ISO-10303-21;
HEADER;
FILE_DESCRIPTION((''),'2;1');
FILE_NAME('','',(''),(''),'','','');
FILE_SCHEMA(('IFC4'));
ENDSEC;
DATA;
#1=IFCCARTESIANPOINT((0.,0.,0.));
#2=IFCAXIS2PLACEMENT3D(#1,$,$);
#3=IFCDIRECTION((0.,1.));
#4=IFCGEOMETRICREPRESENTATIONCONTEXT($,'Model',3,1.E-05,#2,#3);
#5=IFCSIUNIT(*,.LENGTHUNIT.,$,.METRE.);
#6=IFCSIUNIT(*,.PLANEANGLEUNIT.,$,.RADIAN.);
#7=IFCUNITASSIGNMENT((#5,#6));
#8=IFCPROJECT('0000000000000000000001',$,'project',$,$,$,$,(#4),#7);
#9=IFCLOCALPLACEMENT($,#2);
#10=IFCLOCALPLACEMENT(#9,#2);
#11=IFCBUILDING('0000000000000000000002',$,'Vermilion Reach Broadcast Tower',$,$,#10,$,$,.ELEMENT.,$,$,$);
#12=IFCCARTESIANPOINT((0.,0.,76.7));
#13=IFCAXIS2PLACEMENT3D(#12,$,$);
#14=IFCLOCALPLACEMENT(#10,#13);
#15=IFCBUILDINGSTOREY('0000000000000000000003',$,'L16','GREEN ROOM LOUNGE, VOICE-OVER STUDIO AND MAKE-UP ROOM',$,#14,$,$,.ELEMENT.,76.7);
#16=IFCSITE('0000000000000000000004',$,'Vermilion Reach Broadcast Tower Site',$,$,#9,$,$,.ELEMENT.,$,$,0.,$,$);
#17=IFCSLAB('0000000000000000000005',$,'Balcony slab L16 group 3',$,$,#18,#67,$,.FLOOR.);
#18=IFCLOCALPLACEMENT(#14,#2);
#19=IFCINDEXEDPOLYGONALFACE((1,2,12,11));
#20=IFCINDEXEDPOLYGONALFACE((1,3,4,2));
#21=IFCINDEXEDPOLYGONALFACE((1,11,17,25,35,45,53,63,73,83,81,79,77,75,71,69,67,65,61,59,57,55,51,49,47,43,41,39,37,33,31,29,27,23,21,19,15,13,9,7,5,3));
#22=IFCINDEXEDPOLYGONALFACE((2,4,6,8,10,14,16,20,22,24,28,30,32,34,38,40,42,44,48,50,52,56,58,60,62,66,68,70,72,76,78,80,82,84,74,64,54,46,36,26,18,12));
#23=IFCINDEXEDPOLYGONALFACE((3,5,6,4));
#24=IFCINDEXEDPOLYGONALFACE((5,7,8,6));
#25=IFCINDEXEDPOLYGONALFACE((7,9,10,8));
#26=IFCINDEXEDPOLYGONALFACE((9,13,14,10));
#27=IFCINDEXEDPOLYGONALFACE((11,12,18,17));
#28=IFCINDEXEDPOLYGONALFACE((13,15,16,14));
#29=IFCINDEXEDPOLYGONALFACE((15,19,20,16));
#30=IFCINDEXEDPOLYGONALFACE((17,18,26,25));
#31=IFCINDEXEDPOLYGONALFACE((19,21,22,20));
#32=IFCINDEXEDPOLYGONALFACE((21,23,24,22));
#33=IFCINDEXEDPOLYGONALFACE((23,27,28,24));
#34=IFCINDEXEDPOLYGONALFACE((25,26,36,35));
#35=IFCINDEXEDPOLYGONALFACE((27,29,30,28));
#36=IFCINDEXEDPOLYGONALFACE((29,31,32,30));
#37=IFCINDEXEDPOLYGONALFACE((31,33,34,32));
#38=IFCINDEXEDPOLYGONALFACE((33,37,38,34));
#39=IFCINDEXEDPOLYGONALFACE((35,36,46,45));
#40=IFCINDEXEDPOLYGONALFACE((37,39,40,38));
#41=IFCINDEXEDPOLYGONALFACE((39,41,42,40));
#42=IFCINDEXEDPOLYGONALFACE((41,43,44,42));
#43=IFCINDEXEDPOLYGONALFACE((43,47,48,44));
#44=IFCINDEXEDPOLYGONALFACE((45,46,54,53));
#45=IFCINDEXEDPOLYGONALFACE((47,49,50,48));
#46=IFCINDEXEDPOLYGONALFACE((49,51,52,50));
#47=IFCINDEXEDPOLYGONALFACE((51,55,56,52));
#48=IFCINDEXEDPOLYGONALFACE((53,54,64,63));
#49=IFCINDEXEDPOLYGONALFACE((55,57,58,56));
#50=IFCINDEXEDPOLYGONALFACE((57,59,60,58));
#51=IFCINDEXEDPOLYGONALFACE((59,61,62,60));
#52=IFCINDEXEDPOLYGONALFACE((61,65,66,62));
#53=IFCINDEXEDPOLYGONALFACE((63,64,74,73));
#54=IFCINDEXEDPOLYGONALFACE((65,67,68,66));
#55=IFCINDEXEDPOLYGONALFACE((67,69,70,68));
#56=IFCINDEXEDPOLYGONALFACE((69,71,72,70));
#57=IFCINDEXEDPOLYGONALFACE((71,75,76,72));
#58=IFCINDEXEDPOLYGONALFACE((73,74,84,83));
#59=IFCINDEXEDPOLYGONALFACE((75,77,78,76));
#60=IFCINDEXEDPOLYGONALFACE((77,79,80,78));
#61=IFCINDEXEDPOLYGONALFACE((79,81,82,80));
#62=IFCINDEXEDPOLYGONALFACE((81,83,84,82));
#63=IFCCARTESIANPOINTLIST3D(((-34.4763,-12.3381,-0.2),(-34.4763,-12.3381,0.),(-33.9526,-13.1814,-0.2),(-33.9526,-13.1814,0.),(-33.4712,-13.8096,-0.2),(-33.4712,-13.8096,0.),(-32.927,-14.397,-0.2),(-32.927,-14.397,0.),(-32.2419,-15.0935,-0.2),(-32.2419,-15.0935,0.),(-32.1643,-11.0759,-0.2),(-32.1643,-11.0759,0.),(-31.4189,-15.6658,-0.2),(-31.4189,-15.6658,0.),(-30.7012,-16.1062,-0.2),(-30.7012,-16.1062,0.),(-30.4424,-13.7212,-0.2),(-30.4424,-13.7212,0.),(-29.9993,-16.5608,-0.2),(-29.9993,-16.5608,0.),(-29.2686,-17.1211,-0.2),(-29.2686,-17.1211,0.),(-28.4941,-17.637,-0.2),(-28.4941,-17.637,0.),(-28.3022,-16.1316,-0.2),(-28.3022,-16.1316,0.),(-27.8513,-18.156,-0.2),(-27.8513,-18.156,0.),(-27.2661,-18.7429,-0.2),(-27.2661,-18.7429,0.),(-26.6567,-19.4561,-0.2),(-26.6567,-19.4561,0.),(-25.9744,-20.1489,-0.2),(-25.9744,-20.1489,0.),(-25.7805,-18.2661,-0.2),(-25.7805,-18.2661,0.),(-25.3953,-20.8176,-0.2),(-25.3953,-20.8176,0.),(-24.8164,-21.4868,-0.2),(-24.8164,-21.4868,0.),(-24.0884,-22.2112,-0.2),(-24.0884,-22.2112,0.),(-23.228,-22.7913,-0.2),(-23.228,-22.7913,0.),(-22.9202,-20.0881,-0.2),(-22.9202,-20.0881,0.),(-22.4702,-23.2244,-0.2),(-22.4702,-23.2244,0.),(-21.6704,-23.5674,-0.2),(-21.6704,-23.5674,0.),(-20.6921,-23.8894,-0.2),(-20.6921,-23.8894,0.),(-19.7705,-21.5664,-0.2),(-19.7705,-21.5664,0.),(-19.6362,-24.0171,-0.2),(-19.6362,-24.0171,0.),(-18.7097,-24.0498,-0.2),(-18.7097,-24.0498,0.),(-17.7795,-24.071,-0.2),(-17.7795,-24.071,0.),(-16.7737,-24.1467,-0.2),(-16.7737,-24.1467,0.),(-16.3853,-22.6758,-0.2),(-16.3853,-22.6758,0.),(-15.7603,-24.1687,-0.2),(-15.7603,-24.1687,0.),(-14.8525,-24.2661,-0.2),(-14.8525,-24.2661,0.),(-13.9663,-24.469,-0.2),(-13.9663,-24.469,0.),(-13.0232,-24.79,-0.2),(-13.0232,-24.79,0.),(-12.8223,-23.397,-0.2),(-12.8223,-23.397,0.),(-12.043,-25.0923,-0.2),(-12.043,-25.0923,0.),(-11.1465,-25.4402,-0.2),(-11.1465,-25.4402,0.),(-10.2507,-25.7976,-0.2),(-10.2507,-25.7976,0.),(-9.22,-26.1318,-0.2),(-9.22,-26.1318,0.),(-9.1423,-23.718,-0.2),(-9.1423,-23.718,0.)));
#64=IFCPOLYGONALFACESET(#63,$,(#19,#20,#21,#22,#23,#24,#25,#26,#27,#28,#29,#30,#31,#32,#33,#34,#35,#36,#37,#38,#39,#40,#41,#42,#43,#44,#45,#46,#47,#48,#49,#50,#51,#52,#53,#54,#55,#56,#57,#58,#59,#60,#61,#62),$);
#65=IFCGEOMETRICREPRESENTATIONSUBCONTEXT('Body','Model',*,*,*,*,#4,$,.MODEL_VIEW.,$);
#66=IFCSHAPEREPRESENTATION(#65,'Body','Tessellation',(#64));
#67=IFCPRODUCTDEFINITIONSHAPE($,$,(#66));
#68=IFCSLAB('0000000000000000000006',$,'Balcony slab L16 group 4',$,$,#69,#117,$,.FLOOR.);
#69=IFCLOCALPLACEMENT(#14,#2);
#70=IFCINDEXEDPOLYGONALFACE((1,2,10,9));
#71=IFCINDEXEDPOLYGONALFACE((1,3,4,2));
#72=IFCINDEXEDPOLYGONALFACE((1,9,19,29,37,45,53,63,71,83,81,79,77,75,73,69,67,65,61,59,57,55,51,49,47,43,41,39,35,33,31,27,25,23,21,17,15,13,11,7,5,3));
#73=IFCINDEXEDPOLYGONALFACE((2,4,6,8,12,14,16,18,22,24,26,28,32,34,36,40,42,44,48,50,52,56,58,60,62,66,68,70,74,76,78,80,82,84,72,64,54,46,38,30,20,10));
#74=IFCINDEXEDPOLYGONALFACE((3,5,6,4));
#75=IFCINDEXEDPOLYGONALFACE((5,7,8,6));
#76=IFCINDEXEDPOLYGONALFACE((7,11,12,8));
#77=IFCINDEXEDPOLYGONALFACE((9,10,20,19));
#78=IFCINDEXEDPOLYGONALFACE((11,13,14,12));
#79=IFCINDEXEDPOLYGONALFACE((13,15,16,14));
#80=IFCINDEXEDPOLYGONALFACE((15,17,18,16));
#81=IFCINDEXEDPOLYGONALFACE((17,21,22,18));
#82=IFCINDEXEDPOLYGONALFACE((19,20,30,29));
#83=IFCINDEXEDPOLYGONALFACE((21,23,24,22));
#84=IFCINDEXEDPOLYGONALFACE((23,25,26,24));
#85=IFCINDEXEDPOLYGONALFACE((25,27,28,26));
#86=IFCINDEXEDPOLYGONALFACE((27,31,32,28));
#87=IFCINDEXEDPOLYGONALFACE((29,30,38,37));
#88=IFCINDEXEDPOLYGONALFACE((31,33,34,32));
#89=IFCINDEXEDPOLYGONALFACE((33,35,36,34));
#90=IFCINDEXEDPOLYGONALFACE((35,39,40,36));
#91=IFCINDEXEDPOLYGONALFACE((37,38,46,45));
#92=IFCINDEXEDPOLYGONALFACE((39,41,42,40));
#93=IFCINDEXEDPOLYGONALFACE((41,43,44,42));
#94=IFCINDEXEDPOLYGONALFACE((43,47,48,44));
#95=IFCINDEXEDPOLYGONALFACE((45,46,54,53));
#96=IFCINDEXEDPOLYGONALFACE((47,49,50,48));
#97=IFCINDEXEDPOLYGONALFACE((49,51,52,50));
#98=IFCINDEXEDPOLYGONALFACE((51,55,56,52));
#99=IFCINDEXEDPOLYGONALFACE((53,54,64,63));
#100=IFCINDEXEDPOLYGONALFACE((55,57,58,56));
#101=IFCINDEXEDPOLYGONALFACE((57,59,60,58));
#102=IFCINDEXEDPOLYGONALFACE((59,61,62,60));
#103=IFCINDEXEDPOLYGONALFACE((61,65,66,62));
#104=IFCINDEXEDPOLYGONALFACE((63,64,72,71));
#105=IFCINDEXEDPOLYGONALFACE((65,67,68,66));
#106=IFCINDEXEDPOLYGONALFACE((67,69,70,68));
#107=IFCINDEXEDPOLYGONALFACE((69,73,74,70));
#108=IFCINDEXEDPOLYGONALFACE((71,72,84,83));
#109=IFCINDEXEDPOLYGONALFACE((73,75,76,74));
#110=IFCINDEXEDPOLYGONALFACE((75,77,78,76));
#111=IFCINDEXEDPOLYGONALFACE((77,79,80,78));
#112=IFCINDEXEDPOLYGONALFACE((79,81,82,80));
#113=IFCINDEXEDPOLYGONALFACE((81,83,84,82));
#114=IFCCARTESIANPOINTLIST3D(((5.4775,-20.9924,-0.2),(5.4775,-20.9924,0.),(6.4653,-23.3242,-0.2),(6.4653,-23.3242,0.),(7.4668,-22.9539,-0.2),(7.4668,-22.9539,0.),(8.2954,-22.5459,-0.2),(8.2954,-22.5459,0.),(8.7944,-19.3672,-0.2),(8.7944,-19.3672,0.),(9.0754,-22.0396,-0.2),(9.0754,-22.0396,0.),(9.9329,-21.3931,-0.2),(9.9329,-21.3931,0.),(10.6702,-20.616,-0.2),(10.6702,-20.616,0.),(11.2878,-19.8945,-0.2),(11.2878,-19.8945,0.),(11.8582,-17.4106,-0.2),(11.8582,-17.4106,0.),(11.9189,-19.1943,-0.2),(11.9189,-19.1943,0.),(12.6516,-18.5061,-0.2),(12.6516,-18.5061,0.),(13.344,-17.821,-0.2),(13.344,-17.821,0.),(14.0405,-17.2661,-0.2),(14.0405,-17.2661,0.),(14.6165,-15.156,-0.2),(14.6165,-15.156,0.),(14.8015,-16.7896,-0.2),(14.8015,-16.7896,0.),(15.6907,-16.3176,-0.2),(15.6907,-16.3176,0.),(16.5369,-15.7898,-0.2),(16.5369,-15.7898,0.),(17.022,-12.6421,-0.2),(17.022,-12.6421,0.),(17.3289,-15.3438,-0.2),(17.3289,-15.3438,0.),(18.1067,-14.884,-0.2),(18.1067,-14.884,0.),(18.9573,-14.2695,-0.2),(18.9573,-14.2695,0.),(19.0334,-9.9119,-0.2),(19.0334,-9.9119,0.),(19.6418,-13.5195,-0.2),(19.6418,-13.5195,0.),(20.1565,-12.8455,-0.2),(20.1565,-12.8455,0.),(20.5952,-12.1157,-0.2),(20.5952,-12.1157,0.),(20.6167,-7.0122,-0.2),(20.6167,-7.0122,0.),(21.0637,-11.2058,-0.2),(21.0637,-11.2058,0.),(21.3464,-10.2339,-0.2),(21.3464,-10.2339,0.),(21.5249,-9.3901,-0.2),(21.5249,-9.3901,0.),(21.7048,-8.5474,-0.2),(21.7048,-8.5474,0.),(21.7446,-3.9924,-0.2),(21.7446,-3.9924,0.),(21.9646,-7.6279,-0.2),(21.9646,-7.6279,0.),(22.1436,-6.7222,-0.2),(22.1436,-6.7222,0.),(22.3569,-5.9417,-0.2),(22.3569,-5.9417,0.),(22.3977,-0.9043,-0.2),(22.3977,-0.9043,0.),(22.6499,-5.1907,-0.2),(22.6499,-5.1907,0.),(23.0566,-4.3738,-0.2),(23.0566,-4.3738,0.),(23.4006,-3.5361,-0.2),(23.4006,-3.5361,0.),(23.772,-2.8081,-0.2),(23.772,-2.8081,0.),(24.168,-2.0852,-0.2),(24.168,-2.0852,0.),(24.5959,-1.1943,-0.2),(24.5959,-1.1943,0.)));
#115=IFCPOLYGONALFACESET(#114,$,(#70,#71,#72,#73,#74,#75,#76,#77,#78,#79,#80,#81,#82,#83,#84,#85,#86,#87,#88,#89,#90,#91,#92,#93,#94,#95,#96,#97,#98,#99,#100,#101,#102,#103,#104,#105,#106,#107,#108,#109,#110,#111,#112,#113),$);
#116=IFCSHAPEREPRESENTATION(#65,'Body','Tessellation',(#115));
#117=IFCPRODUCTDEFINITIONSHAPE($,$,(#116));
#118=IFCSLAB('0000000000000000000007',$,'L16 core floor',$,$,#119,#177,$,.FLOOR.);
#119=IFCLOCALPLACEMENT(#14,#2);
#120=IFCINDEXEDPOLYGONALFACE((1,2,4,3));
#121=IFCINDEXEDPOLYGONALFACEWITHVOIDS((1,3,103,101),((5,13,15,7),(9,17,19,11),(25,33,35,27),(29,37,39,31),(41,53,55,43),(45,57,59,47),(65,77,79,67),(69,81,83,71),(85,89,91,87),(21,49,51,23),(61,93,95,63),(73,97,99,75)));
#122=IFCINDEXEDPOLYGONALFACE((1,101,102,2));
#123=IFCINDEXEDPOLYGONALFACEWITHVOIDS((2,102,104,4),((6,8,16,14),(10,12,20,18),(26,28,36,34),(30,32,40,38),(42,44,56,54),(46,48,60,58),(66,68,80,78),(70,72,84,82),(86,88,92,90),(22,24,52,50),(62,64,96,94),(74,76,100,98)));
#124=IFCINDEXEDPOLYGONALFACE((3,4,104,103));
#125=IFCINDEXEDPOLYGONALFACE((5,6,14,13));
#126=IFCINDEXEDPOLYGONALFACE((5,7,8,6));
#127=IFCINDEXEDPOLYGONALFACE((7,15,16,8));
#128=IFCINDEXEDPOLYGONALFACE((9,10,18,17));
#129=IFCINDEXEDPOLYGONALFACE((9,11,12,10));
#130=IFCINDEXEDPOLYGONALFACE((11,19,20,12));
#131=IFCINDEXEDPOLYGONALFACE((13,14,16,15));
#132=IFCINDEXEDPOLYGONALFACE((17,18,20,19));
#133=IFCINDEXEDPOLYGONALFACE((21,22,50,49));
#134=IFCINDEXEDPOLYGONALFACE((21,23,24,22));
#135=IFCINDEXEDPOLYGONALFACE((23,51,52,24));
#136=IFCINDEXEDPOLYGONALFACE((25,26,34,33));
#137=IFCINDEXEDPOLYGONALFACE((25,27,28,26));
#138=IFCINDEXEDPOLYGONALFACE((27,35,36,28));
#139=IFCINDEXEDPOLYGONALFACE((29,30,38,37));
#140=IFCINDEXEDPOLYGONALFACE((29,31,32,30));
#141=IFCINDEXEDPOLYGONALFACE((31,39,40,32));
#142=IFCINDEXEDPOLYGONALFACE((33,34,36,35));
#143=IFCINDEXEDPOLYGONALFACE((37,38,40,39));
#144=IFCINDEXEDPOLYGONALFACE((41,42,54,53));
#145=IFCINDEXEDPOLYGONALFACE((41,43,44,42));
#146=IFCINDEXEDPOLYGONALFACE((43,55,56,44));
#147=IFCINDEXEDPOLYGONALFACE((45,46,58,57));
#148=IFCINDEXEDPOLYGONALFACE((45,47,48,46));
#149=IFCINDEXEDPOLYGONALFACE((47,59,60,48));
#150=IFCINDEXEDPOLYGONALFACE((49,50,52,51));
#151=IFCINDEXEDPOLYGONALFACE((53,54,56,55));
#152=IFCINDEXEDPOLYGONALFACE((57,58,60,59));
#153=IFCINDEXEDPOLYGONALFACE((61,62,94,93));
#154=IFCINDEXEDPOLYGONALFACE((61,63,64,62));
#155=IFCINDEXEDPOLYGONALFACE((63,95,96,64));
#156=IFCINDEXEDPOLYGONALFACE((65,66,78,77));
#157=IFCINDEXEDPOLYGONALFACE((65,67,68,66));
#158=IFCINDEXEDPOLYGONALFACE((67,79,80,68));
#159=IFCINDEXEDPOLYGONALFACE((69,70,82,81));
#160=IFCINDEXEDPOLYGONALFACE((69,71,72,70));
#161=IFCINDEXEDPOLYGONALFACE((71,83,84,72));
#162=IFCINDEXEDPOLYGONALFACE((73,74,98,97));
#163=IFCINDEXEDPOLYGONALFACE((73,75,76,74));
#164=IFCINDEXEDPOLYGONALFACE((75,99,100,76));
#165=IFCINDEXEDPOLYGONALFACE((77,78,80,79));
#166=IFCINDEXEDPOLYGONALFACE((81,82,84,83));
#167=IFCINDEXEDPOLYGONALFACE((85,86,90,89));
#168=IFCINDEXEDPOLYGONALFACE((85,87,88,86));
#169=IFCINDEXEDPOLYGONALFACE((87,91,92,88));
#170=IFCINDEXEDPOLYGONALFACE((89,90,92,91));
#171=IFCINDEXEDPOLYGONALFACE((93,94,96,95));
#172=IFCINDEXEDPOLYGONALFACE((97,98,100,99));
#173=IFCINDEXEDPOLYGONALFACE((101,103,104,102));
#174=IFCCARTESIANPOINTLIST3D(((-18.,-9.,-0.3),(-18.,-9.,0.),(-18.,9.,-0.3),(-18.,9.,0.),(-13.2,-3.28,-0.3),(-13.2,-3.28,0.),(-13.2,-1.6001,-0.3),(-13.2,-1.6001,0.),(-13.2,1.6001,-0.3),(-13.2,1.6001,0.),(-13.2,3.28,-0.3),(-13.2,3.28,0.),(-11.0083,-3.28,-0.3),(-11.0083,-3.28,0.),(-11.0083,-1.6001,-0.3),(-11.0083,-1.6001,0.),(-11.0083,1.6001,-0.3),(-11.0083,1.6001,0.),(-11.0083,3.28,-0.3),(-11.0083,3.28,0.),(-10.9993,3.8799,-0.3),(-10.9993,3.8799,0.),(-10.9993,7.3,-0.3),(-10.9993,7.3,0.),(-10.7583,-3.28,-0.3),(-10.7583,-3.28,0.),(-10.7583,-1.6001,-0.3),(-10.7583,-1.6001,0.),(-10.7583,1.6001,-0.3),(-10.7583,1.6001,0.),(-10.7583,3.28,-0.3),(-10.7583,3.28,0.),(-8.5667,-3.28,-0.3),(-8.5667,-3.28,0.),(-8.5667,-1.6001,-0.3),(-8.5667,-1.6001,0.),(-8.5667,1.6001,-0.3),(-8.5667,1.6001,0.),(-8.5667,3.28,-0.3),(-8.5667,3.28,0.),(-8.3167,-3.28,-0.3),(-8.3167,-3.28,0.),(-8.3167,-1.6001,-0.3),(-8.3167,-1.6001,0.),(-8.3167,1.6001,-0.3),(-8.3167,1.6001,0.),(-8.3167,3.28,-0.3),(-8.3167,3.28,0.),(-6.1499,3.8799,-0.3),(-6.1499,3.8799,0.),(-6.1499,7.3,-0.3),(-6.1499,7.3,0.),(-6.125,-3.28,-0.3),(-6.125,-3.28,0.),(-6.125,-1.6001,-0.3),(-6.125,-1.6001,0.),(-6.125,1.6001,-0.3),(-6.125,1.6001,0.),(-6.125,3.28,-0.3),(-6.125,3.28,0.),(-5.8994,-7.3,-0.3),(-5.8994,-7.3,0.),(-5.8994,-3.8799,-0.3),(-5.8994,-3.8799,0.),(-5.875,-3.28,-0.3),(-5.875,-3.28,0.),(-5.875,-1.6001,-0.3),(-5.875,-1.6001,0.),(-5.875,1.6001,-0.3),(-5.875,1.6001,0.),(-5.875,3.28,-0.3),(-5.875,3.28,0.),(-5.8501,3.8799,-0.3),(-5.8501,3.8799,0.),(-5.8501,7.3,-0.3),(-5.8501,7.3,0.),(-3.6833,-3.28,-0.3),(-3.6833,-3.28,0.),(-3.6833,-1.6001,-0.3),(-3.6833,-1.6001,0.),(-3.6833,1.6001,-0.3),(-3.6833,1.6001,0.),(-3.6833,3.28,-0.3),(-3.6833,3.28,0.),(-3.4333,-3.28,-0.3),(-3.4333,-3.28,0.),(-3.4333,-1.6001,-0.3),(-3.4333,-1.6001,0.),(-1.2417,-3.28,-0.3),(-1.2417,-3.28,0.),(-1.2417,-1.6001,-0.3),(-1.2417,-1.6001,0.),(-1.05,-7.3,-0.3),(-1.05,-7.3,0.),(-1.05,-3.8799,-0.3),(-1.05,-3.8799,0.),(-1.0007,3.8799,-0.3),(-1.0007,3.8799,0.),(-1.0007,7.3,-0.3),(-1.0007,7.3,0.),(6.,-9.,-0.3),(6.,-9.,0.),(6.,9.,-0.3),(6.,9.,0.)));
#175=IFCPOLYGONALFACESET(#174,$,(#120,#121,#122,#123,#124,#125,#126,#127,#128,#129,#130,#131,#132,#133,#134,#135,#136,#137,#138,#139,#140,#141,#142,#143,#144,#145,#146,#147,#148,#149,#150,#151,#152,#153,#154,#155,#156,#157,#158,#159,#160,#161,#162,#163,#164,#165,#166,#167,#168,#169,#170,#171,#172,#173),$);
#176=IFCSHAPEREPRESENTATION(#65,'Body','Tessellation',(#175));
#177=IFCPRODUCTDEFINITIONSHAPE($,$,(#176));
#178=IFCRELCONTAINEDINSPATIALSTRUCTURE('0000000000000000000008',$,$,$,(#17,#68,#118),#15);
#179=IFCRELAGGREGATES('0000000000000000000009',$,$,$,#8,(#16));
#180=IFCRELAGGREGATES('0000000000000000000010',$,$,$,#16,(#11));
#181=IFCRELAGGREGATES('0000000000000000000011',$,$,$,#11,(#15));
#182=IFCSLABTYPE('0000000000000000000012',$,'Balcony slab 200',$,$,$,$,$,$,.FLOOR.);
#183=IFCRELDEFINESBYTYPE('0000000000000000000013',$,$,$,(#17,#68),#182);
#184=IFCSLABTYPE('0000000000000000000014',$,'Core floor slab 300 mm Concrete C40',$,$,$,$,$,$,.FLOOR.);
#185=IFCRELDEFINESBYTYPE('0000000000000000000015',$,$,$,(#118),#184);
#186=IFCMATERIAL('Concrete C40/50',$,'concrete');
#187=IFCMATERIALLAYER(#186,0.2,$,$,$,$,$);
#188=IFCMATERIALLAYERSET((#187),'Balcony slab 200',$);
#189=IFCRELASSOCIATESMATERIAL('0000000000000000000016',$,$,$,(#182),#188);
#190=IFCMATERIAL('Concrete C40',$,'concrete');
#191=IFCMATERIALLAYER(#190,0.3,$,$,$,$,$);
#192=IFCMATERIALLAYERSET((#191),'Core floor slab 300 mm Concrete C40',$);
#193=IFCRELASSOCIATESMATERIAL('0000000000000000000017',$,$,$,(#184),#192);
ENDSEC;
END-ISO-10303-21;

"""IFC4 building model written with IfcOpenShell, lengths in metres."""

from ifc_helpers import new_model, si_unit, direction, frame, origin, place, context, subcontext, project, spatial, polyline, outline, extrude, material, layer, layer_set, type_object, element, save


model = new_model("IFC4")

# Units and contexts
model_context = context("Model", 3, precision=1e-05, world=origin(), true_north=direction((0.0, 1.0)))
body_context = subcontext(model_context, "Body", "Model", "MODEL_VIEW")
ifc_project = project(units=[si_unit("LENGTHUNIT", "METRE"), si_unit("PLANEANGLEUNIT", "RADIAN")], contexts=[model_context])

# Site, building, storey
site_placement = place(None, origin())
site = spatial("IfcSite", under=ifc_project, at=site_placement, Name="Vermilion Reach Broadcast Tower Site", CompositionType="ELEMENT", RefElevation=0.0)
building_placement = place(site_placement, origin())
building = spatial("IfcBuilding", under=site, at=building_placement, Name="Vermilion Reach Broadcast Tower", CompositionType="ELEMENT")
storey_placement = place(building_placement, frame((0.0, 0.0, 76.7)))
storey = spatial("IfcBuildingStorey", under=building, at=storey_placement, Name="L16", Description="GREEN ROOM LOUNGE, VOICE-OVER STUDIO AND MAKE-UP ROOM", CompositionType="ELEMENT", Elevation=76.7)

# Slabs
ifc_material_1 = material(Name="Concrete C40/50", Category="concrete")
ifc_layer_1 = layer(ifc_material_1, 0.2)
ifc_layer_set_1 = layer_set([ifc_layer_1], Name="Balcony slab 200")
slab_type_1 = type_object("IfcSlabType", Name="Balcony slab 200", PredefinedType="FLOOR", material=ifc_layer_set_1)
placement = place(storey_placement, frame((0.0, 0.0, -0.2)))
element("IfcSlab", 1, at=placement, inside=storey, type_object=slab_type_1, Name="Balcony slab L16 group 3", PredefinedType="FLOOR", context=body_context, shape_type="SweptSolid", body=[
    extrude(outline(polyline([(-32.1643, -11.0759), (-30.4424, -13.7212), (-28.3022, -16.1316), (-25.7805, -18.2661), (-22.9202, -20.0881), (-19.7705, -21.5664), (-16.3853, -22.6758), (-12.8223, -23.397), (-9.1423, -23.718), (-9.22, -26.1318), (-10.2507, -25.7976), (-11.1465, -25.4402), (-12.043, -25.0923), (-13.0232, -24.79), (-13.9663, -24.469), (-14.8525, -24.2661), (-15.7603, -24.1687), (-16.7737, -24.1467), (-17.7795, -24.071), (-18.7097, -24.0498), (-19.6362, -24.0171), (-20.6921, -23.8894), (-21.6704, -23.5674), (-22.4702, -23.2244), (-23.228, -22.7913), (-24.0884, -22.2112), (-24.8164, -21.4868), (-25.3953, -20.8176), (-25.9744, -20.1489), (-26.6567, -19.4561), (-27.2661, -18.7429), (-27.8513, -18.156), (-28.4941, -17.637), (-29.2686, -17.1211), (-29.9993, -16.5608), (-30.7012, -16.1062), (-31.4189, -15.6658), (-32.2419, -15.0935), (-32.927, -14.397), (-33.4712, -13.8096), (-33.9526, -13.1814), (-34.4763, -12.3381), (-32.1643, -11.0759)])), origin(), (0.0, 0.0, 1.0), 0.2),
])
element("IfcSlab", 2, at=placement, inside=storey, type_object=slab_type_1, Name="Balcony slab L16 group 4", PredefinedType="FLOOR", context=body_context, shape_type="SweptSolid", body=[
    extrude(outline(polyline([(5.4775, -20.9924), (8.7944, -19.3672), (11.8582, -17.4106), (14.6165, -15.156), (17.022, -12.6421), (19.0334, -9.9119), (20.6167, -7.0122), (21.7446, -3.9924), (22.3977, -0.9043), (24.5959, -1.1943), (24.168, -2.0852), (23.772, -2.8081), (23.4006, -3.5361), (23.0566, -4.3738), (22.6499, -5.1907), (22.3569, -5.9417), (22.1436, -6.7222), (21.9646, -7.6279), (21.7048, -8.5474), (21.5249, -9.3901), (21.3464, -10.2339), (21.0637, -11.2058), (20.5952, -12.1157), (20.1565, -12.8455), (19.6418, -13.5195), (18.9573, -14.2695), (18.1067, -14.884), (17.3289, -15.3438), (16.5369, -15.7898), (15.6907, -16.3176), (14.8015, -16.7896), (14.0405, -17.2661), (13.344, -17.821), (12.6516, -18.5061), (11.9189, -19.1943), (11.2878, -19.8945), (10.6702, -20.616), (9.9329, -21.3931), (9.0754, -22.0396), (8.2954, -22.5459), (7.4668, -22.9539), (6.4653, -23.3242), (5.4775, -20.9924)])), origin(), (0.0, 0.0, 1.0), 0.2),
])
ifc_material_2 = material(Name="Concrete C40", Category="concrete")
ifc_layer_2 = layer(ifc_material_2, 0.3)
ifc_layer_set_2 = layer_set([ifc_layer_2], Name="Core floor slab 300 mm Concrete C40")
slab_type_2 = type_object("IfcSlabType", Name="Core floor slab 300 mm Concrete C40", PredefinedType="FLOOR", material=ifc_layer_set_2)
slab_1_placement = place(storey_placement, frame((0.0, 0.0, -0.3)))
element("IfcSlab", 3, at=slab_1_placement, inside=storey, type_object=slab_type_2, Name="L16 core floor", PredefinedType="FLOOR", context=body_context, shape_type="SweptSolid", body=[
    extrude(outline(polyline([(-18.0, -9.0), (6.0, -9.0), (6.0, 9.0), (-18.0, 9.0), (-18.0, -9.0)]), holes=[polyline([(-13.2, 1.6001), (-11.0083, 1.6001), (-11.0083, 3.28), (-13.2, 3.28), (-13.2, 1.6001)]), polyline([(-10.7583, 1.6001), (-8.5667, 1.6001), (-8.5667, 3.28), (-10.7583, 3.28), (-10.7583, 1.6001)]), polyline([(-8.3167, 1.6001), (-6.125, 1.6001), (-6.125, 3.28), (-8.3167, 3.28), (-8.3167, 1.6001)]), polyline([(-5.875, 1.6001), (-3.6833, 1.6001), (-3.6833, 3.28), (-5.875, 3.28), (-5.875, 1.6001)]), polyline([(-13.2, -3.28), (-11.0083, -3.28), (-11.0083, -1.6001), (-13.2, -1.6001), (-13.2, -3.28)]), polyline([(-10.7583, -3.28), (-8.5667, -3.28), (-8.5667, -1.6001), (-10.7583, -1.6001), (-10.7583, -3.28)]), polyline([(-8.3167, -3.28), (-6.125, -3.28), (-6.125, -1.6001), (-8.3167, -1.6001), (-8.3167, -3.28)]), polyline([(-5.875, -3.28), (-3.6833, -3.28), (-3.6833, -1.6001), (-5.875, -1.6001), (-5.875, -3.28)]), polyline([(-3.4333, -3.28), (-1.2417, -3.28), (-1.2417, -1.6001), (-3.4333, -1.6001), (-3.4333, -3.28)]), polyline([(-10.9993, 3.8799), (-6.1499, 3.8799), (-6.1499, 7.3), (-10.9993, 7.3), (-10.9993, 3.8799)]), polyline([(-1.0007, 7.3), (-5.8501, 7.3), (-5.8501, 3.8799), (-1.0007, 3.8799), (-1.0007, 7.3)]), polyline([(-5.8994, -7.3), (-1.05, -7.3), (-1.05, -3.8799), (-5.8994, -3.8799), (-5.8994, -7.3)])]), origin(), (0.0, 0.0, 1.0), 0.3),
])

save(model, "model.ifc")
